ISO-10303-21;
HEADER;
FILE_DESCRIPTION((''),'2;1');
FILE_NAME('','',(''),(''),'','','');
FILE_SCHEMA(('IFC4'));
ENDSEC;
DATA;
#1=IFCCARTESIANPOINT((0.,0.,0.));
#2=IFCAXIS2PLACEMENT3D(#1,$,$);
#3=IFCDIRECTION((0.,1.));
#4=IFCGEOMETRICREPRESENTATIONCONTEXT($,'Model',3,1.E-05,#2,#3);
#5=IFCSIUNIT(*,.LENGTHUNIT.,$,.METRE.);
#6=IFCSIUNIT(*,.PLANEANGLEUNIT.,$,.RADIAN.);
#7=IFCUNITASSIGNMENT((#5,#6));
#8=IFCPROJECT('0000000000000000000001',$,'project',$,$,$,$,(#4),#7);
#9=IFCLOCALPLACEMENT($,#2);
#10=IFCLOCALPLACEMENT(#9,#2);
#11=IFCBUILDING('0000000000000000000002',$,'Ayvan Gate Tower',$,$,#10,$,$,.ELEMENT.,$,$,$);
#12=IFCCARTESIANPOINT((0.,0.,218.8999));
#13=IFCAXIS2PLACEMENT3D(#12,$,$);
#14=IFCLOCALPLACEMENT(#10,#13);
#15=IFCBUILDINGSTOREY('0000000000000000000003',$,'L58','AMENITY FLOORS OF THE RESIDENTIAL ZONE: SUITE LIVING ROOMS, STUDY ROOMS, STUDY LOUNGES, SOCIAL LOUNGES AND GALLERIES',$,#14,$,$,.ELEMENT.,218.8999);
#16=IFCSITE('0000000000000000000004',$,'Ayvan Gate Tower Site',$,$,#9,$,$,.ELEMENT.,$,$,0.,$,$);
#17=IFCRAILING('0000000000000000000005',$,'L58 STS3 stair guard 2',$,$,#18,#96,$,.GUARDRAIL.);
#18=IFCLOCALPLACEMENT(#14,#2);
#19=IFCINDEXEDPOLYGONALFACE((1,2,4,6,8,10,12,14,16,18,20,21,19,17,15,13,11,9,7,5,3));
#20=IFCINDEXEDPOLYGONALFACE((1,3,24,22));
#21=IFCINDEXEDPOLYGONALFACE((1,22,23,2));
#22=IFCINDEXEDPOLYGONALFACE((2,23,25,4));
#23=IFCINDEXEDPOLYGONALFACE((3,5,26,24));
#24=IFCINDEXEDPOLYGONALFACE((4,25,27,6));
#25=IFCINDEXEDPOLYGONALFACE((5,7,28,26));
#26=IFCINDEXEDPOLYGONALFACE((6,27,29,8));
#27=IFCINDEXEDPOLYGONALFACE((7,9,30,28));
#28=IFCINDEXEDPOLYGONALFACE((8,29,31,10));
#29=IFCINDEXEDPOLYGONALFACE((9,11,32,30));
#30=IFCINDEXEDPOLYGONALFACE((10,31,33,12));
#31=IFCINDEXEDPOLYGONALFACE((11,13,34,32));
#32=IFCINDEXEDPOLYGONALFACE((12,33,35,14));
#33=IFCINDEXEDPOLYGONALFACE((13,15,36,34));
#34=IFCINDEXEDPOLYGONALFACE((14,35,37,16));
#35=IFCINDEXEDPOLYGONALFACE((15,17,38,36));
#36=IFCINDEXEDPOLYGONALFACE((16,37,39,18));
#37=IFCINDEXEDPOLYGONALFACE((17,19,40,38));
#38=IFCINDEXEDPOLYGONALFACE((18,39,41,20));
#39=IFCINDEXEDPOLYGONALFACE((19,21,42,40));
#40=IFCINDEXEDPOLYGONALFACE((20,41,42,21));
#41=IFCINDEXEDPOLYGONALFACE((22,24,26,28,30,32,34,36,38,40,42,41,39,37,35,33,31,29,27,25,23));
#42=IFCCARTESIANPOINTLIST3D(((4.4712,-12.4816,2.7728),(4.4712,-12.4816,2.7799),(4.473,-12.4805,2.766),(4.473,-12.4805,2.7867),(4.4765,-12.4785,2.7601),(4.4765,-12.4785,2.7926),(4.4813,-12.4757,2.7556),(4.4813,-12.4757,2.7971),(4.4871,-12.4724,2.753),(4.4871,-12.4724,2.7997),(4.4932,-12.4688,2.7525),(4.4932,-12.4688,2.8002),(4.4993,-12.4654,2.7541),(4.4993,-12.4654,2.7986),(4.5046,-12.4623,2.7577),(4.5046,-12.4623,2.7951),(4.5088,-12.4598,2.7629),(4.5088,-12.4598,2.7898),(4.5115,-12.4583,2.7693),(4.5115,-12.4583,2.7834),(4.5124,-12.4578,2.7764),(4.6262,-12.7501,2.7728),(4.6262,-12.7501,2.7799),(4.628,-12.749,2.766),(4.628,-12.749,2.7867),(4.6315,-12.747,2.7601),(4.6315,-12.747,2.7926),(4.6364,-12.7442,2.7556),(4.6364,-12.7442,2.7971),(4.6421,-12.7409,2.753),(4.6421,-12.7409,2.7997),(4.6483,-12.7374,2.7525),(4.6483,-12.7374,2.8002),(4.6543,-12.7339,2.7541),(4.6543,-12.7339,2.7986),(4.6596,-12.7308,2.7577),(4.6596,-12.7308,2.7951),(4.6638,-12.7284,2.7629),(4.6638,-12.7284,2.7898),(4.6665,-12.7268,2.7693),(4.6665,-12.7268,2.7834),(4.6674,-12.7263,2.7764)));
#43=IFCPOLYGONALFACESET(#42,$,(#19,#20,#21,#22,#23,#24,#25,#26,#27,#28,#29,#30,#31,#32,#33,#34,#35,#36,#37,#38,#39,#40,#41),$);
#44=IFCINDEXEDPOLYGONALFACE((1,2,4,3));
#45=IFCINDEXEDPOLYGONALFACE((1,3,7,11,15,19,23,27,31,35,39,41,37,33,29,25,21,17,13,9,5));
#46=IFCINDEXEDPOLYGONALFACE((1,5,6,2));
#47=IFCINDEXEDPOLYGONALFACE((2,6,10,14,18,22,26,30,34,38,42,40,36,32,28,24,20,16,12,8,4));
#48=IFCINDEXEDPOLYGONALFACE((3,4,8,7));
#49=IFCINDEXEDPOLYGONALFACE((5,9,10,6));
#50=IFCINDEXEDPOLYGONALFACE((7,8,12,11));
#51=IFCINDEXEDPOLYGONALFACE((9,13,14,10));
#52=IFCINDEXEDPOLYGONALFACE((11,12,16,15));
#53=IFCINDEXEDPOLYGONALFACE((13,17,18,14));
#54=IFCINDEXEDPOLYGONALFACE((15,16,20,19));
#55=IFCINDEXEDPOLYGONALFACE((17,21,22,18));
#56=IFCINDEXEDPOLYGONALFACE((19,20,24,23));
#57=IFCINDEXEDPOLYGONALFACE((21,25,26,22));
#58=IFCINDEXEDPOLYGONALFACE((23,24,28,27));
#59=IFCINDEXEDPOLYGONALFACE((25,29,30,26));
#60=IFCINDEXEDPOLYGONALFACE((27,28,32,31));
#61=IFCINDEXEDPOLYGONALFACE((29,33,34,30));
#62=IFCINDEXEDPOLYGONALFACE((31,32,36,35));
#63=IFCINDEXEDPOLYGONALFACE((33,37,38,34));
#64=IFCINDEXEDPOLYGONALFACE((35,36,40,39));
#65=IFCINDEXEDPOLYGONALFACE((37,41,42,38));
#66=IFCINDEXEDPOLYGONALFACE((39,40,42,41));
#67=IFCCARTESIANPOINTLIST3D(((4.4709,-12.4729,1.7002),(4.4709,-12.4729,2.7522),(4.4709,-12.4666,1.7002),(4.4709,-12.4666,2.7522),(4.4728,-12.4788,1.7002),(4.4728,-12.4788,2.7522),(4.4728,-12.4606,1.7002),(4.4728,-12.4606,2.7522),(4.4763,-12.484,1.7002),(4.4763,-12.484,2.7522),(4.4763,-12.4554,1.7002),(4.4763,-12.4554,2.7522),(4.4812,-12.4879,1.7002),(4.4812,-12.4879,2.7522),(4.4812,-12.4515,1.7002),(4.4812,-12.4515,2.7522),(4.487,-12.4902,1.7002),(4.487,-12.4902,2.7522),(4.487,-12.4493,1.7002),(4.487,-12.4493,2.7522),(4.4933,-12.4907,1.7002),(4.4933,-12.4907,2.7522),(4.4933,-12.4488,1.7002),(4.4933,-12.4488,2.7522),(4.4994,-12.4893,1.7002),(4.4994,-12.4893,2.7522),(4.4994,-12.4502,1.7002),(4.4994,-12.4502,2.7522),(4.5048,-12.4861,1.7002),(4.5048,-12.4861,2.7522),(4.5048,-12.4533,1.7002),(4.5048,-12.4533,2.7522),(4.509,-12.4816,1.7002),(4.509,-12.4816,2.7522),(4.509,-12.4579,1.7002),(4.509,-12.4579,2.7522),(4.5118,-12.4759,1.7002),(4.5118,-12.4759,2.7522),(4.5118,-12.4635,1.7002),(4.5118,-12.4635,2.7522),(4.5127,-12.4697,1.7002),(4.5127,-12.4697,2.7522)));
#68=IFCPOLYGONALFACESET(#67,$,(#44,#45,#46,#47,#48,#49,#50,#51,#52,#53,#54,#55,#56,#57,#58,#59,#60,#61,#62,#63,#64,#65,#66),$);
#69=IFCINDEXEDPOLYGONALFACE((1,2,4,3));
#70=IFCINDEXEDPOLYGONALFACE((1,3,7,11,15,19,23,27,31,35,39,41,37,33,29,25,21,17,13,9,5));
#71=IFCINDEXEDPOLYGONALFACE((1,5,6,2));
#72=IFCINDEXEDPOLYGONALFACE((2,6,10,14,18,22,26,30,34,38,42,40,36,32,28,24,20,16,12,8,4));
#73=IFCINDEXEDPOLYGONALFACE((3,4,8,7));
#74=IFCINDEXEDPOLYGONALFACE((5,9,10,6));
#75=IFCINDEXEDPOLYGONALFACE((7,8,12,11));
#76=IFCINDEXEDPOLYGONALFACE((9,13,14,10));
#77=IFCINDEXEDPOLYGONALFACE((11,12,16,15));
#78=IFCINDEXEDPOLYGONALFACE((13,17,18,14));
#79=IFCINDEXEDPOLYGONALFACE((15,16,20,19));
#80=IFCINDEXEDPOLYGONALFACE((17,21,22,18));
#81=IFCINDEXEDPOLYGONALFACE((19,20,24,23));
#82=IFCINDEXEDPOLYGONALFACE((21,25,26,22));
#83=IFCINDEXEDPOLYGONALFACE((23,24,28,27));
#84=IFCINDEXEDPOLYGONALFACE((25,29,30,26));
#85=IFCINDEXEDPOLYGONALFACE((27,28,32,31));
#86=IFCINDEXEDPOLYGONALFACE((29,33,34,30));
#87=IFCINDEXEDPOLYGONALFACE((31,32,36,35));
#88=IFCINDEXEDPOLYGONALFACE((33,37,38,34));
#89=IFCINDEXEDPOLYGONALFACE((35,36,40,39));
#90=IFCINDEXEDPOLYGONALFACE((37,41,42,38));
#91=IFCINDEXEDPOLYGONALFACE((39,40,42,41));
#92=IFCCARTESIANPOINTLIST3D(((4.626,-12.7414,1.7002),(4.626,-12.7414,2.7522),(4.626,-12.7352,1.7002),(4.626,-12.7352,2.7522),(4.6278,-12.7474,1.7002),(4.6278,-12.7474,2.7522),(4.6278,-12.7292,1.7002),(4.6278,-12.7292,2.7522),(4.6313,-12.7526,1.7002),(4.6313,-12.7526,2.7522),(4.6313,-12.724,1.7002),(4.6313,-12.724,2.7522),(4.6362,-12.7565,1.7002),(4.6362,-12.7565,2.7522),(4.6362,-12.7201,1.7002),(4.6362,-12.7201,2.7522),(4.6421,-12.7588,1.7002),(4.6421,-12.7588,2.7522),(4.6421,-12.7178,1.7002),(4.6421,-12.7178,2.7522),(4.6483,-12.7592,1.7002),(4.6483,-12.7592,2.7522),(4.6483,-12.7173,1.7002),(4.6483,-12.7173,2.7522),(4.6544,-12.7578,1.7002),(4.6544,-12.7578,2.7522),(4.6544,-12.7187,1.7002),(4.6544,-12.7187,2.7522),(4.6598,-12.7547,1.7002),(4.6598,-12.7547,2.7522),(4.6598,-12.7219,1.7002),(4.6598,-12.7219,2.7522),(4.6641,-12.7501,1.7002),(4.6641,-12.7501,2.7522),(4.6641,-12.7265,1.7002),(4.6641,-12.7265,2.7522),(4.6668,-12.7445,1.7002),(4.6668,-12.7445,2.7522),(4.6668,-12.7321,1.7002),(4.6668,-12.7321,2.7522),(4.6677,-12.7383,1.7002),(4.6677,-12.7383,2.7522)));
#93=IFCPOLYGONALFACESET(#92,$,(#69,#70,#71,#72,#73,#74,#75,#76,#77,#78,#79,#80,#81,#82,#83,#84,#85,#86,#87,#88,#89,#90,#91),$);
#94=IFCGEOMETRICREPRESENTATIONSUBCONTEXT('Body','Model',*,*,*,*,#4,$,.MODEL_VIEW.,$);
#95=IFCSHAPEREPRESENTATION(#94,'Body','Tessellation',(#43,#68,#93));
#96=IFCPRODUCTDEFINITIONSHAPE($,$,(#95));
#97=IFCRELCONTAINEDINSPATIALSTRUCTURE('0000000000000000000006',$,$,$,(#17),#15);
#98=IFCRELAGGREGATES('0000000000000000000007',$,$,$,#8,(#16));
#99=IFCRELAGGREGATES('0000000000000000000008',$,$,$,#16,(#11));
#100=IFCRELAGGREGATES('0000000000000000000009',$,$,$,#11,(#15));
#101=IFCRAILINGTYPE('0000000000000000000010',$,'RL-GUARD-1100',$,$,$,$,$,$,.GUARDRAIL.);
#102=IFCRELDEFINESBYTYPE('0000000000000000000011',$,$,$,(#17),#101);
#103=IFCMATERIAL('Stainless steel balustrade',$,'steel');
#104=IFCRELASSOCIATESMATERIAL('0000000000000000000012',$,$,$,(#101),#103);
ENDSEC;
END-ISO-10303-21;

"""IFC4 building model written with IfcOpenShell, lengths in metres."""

from ifc_helpers import new_model, si_unit, direction, frame, origin, origin_2d, place, context, subcontext, project, spatial, circle, extrude, material, type_object, element, save


model = new_model("IFC4")

# Units and contexts
model_context = context("Model", 3, precision=1e-05, world=origin(), true_north=direction((0.0, 1.0)))
body_context = subcontext(model_context, "Body", "Model", "MODEL_VIEW")
ifc_project = project(units=[si_unit("LENGTHUNIT", "METRE"), si_unit("PLANEANGLEUNIT", "RADIAN")], contexts=[model_context])

# Site, building, storey
site_placement = place(None, origin())
site = spatial("IfcSite", under=ifc_project, at=site_placement, Name="Ayvan Gate Tower Site", CompositionType="ELEMENT", RefElevation=0.0)
building_placement = place(site_placement, origin())
building = spatial("IfcBuilding", under=site, at=building_placement, Name="Ayvan Gate Tower", CompositionType="ELEMENT")
storey_placement = place(building_placement, frame((0.0, 0.0, 218.8999)))
storey = spatial("IfcBuildingStorey", under=building, at=storey_placement, Name="L58", Description="AMENITY FLOORS OF THE RESIDENTIAL ZONE: SUITE LIVING ROOMS, STUDY ROOMS, STUDY LOUNGES, SOCIAL LOUNGES AND GALLERIES", CompositionType="ELEMENT", Elevation=218.8999)

# Railing
ifc_material_1 = material(Name="Stainless steel balustrade", Category="steel")
railing_type_1 = type_object("IfcRailingType", Name="RL-GUARD-1100", PredefinedType="GUARDRAIL", material=ifc_material_1)
railing_1_placement = place(storey_placement, frame((4.4917, -12.4697, 1.7002)))
element("IfcRailing", 1, at=railing_1_placement, inside=storey, type_object=railing_type_1, Name="L58 STS3 stair guard 2", PredefinedType="GUARDRAIL", context=body_context, shape_type="SweptSolid", body=[
    extrude(circle(Radius=0.0239, at=origin_2d()), frame((0.0, 0.0, 1.0762), z_axis=(0.49995, -0.866054, 0.0), x_axis=(0.866054, 0.49995, 0.0)), (0.0, 0.0, 1.0), 0.3101),
    extrude(circle(Radius=0.021, at=origin_2d()), origin(), (0.0, 0.0, 1.0), 1.052),
    extrude(circle(Radius=0.021, at=origin_2d()), frame((0.155, -0.2686, 0.0)), (0.0, 0.0, 1.0), 1.052),
])

save(model, "model.ifc")
